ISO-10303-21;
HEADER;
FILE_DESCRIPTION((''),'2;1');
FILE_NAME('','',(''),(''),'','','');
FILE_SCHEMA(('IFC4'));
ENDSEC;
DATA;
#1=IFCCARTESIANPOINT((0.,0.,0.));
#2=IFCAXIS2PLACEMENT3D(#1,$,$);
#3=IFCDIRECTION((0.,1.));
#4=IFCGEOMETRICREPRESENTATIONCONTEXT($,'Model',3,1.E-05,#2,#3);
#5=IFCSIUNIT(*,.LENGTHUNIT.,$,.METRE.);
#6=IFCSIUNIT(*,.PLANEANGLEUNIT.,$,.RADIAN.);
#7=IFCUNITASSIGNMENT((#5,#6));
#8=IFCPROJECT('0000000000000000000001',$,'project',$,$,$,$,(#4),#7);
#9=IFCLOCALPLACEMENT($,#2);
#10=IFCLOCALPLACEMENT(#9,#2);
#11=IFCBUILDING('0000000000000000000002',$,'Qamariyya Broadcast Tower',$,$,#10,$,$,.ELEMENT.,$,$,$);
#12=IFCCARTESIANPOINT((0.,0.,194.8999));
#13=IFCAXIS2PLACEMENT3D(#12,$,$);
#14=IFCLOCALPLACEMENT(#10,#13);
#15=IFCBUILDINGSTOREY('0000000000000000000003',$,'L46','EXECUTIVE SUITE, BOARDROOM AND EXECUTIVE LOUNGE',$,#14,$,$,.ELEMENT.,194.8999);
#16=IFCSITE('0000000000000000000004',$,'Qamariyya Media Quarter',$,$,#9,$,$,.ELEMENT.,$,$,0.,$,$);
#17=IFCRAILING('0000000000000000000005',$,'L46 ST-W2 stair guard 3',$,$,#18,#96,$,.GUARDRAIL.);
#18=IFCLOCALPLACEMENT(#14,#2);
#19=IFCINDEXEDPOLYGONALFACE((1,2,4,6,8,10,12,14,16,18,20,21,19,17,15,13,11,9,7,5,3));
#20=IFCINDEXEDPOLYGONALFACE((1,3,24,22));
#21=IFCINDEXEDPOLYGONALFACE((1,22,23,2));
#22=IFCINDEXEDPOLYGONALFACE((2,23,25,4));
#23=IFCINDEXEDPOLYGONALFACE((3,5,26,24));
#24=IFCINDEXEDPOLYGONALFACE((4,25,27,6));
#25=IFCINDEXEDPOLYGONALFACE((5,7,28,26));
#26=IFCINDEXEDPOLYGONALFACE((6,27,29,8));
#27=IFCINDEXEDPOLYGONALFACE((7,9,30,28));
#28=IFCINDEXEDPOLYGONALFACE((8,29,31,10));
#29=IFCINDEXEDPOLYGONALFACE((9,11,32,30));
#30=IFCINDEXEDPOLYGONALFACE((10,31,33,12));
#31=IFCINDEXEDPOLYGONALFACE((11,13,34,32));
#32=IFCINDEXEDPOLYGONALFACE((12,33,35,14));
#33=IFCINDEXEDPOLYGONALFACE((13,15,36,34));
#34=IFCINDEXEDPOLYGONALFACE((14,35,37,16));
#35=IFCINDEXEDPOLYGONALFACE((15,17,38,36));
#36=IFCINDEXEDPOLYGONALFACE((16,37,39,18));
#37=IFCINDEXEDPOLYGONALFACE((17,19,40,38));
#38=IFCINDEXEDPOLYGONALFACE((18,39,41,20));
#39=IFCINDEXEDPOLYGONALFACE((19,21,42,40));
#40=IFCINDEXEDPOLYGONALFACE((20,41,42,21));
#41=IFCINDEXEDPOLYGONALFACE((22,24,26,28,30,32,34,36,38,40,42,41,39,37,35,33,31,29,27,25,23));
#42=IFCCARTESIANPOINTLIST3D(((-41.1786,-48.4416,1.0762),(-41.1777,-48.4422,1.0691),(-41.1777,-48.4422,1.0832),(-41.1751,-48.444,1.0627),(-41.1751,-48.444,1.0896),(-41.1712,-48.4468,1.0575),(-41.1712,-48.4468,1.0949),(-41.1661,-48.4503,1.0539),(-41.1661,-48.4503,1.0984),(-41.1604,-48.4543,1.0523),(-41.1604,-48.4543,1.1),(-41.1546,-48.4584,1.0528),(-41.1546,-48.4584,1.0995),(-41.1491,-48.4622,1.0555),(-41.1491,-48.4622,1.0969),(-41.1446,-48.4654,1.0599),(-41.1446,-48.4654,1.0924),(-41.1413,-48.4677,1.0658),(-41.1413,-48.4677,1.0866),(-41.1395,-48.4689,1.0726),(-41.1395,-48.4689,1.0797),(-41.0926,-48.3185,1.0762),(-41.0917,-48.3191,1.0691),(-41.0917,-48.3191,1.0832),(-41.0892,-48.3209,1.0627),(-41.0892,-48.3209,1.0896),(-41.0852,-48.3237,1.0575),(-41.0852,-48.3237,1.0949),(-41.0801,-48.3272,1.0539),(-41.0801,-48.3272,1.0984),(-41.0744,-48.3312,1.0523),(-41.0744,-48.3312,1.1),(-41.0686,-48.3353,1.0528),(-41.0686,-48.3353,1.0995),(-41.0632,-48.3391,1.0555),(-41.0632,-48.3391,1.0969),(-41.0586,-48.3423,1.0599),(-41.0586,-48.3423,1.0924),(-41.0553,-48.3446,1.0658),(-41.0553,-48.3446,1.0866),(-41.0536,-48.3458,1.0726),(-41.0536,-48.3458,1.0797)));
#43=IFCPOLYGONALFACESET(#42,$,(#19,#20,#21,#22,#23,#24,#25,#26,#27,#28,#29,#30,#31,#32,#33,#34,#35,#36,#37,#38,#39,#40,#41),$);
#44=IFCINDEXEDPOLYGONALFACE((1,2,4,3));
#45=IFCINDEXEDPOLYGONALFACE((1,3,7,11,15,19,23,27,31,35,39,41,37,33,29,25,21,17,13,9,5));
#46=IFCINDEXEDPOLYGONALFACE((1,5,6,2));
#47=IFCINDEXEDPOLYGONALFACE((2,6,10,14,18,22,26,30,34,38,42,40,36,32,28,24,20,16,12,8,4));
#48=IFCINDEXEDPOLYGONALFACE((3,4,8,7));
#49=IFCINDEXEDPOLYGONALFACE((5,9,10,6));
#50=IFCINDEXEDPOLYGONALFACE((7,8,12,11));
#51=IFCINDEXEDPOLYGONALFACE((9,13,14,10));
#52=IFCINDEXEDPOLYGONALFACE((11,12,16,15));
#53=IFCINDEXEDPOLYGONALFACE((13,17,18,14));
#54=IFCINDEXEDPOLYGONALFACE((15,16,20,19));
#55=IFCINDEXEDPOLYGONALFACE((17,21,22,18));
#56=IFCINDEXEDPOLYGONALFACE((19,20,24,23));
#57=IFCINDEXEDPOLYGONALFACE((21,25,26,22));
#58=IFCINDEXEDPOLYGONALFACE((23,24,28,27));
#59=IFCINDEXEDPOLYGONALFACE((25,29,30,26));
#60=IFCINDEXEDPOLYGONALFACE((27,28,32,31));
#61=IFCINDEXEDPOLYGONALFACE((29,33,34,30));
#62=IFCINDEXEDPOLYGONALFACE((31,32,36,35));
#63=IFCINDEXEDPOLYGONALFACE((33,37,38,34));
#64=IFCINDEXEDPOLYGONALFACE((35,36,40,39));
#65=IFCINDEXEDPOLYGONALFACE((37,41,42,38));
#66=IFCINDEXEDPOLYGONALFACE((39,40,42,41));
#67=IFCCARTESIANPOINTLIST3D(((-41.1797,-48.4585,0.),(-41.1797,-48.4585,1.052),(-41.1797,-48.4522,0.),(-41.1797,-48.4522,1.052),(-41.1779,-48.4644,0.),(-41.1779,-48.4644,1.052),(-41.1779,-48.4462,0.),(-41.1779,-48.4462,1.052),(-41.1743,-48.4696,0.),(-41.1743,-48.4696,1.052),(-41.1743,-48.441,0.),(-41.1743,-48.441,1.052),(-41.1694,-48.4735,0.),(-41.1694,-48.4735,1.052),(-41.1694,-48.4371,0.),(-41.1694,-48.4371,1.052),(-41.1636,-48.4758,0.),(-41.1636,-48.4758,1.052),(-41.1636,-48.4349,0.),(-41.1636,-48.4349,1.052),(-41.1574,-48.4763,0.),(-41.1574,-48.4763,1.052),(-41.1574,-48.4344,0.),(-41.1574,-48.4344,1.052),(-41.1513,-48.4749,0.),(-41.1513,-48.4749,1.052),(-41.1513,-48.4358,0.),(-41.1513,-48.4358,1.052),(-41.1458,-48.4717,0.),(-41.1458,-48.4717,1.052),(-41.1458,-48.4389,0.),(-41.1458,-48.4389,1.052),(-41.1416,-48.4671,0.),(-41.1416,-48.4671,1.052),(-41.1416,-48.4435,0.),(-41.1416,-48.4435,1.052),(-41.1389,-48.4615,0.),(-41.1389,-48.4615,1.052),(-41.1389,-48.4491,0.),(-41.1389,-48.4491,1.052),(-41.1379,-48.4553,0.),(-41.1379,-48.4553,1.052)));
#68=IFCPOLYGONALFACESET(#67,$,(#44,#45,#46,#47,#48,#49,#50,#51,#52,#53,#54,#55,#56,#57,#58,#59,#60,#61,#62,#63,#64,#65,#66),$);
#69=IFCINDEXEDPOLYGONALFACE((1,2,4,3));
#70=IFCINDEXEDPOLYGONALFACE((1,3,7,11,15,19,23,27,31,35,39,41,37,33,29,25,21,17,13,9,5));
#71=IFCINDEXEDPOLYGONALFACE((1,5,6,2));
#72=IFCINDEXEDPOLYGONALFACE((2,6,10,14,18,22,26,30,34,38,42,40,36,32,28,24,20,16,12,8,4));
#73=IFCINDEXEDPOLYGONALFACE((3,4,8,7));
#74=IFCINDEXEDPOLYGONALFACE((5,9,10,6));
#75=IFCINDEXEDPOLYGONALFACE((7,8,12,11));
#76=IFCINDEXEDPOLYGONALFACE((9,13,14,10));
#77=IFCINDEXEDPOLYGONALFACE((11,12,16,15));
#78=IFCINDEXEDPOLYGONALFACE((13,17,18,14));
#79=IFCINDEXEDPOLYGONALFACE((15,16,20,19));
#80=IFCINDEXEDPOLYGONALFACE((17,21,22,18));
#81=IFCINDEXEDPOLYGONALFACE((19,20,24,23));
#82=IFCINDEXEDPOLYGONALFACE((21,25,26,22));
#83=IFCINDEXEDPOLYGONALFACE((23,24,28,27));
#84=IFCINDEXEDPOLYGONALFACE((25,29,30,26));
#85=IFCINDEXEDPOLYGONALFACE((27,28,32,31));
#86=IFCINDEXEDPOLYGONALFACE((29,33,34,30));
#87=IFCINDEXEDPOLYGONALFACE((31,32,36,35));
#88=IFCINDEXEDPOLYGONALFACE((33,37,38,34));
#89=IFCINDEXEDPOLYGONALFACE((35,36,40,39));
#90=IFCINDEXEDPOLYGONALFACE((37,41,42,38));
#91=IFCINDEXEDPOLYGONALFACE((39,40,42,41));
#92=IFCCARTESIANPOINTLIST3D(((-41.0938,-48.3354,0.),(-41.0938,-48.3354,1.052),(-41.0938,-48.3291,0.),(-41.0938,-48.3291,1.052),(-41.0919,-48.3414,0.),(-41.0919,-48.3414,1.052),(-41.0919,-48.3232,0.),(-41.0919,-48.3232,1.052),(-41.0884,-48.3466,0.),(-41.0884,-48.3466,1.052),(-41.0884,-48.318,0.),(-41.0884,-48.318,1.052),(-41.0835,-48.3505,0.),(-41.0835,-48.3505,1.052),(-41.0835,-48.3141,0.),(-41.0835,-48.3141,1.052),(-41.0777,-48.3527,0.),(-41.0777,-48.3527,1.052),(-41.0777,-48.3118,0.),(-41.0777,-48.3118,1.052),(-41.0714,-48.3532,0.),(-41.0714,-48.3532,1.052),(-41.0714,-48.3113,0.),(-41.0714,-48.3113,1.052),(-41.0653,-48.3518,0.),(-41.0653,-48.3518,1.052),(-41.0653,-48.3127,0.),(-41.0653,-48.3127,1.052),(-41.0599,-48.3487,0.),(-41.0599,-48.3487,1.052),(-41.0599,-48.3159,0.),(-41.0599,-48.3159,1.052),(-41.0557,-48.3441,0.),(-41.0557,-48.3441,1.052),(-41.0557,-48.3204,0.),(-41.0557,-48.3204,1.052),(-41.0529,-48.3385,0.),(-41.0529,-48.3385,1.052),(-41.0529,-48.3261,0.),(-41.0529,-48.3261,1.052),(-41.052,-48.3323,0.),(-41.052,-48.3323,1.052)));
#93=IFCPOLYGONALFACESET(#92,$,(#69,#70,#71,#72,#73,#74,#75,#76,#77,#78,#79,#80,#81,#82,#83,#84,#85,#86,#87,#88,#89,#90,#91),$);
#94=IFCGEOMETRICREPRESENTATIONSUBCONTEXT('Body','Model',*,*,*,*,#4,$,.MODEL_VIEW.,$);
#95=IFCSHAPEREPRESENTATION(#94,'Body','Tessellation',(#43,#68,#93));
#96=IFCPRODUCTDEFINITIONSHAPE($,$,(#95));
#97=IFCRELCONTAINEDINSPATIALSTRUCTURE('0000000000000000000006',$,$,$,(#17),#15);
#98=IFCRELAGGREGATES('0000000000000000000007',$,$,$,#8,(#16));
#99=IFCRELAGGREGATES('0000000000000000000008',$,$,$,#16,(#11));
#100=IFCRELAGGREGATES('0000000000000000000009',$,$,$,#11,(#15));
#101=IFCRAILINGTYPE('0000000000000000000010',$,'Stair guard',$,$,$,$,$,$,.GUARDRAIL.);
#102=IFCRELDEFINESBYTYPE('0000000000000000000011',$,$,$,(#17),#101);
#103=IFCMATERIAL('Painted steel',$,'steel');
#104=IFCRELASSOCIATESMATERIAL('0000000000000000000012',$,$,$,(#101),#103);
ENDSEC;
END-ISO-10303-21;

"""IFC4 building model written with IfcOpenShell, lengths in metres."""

from ifc_helpers import new_model, si_unit, direction, frame, origin, origin_2d, place, context, subcontext, project, spatial, circle, extrude, material, type_object, element, save


model = new_model("IFC4")

# Units and contexts
model_context = context("Model", 3, precision=1e-05, world=origin(), true_north=direction((0.0, 1.0)))
body_context = subcontext(model_context, "Body", "Model", "MODEL_VIEW")
ifc_project = project(units=[si_unit("LENGTHUNIT", "METRE"), si_unit("PLANEANGLEUNIT", "RADIAN")], contexts=[model_context])

# Site, building, storey
site_placement = place(None, origin())
site = spatial("IfcSite", under=ifc_project, at=site_placement, Name="Qamariyya Media Quarter", CompositionType="ELEMENT", RefElevation=0.0)
building_placement = place(site_placement, origin())
building = spatial("IfcBuilding", under=site, at=building_placement, Name="Qamariyya Broadcast Tower", CompositionType="ELEMENT")
storey_placement = place(building_placement, frame((0.0, 0.0, 194.8999)))
storey = spatial("IfcBuildingStorey", under=building, at=storey_placement, Name="L46", Description="EXECUTIVE SUITE, BOARDROOM AND EXECUTIVE LOUNGE", CompositionType="ELEMENT", Elevation=194.8999)

# Railing
ifc_material_1 = material(Name="Painted steel", Category="steel")
railing_type_1 = type_object("IfcRailingType", Name="Stair guard", PredefinedType="GUARDRAIL", material=ifc_material_1)
railing_1_placement = place(storey_placement, frame((-41.1589, -48.4553, 0.0)))
element("IfcRailing", 1, at=railing_1_placement, inside=storey, type_object=railing_type_1, Name="L46 ST-W2 stair guard 3", PredefinedType="GUARDRAIL", context=body_context, shape_type="SweptSolid", body=[
    extrude(circle(Radius=0.0239, at=origin_2d()), frame((0.0, 0.0, 1.0762), z_axis=(0.572589, 0.819843, 0.0), x_axis=(-0.819843, 0.572589, 0.0)), (0.0, 0.0, 1.0), 0.1501),
    extrude(circle(Radius=0.021, at=origin_2d()), origin(), (0.0, 0.0, 1.0), 1.052),
    extrude(circle(Radius=0.021, at=origin_2d()), frame((0.0859, 0.123, 0.0)), (0.0, 0.0, 1.0), 1.052),
])

save(model, "model.ifc")
